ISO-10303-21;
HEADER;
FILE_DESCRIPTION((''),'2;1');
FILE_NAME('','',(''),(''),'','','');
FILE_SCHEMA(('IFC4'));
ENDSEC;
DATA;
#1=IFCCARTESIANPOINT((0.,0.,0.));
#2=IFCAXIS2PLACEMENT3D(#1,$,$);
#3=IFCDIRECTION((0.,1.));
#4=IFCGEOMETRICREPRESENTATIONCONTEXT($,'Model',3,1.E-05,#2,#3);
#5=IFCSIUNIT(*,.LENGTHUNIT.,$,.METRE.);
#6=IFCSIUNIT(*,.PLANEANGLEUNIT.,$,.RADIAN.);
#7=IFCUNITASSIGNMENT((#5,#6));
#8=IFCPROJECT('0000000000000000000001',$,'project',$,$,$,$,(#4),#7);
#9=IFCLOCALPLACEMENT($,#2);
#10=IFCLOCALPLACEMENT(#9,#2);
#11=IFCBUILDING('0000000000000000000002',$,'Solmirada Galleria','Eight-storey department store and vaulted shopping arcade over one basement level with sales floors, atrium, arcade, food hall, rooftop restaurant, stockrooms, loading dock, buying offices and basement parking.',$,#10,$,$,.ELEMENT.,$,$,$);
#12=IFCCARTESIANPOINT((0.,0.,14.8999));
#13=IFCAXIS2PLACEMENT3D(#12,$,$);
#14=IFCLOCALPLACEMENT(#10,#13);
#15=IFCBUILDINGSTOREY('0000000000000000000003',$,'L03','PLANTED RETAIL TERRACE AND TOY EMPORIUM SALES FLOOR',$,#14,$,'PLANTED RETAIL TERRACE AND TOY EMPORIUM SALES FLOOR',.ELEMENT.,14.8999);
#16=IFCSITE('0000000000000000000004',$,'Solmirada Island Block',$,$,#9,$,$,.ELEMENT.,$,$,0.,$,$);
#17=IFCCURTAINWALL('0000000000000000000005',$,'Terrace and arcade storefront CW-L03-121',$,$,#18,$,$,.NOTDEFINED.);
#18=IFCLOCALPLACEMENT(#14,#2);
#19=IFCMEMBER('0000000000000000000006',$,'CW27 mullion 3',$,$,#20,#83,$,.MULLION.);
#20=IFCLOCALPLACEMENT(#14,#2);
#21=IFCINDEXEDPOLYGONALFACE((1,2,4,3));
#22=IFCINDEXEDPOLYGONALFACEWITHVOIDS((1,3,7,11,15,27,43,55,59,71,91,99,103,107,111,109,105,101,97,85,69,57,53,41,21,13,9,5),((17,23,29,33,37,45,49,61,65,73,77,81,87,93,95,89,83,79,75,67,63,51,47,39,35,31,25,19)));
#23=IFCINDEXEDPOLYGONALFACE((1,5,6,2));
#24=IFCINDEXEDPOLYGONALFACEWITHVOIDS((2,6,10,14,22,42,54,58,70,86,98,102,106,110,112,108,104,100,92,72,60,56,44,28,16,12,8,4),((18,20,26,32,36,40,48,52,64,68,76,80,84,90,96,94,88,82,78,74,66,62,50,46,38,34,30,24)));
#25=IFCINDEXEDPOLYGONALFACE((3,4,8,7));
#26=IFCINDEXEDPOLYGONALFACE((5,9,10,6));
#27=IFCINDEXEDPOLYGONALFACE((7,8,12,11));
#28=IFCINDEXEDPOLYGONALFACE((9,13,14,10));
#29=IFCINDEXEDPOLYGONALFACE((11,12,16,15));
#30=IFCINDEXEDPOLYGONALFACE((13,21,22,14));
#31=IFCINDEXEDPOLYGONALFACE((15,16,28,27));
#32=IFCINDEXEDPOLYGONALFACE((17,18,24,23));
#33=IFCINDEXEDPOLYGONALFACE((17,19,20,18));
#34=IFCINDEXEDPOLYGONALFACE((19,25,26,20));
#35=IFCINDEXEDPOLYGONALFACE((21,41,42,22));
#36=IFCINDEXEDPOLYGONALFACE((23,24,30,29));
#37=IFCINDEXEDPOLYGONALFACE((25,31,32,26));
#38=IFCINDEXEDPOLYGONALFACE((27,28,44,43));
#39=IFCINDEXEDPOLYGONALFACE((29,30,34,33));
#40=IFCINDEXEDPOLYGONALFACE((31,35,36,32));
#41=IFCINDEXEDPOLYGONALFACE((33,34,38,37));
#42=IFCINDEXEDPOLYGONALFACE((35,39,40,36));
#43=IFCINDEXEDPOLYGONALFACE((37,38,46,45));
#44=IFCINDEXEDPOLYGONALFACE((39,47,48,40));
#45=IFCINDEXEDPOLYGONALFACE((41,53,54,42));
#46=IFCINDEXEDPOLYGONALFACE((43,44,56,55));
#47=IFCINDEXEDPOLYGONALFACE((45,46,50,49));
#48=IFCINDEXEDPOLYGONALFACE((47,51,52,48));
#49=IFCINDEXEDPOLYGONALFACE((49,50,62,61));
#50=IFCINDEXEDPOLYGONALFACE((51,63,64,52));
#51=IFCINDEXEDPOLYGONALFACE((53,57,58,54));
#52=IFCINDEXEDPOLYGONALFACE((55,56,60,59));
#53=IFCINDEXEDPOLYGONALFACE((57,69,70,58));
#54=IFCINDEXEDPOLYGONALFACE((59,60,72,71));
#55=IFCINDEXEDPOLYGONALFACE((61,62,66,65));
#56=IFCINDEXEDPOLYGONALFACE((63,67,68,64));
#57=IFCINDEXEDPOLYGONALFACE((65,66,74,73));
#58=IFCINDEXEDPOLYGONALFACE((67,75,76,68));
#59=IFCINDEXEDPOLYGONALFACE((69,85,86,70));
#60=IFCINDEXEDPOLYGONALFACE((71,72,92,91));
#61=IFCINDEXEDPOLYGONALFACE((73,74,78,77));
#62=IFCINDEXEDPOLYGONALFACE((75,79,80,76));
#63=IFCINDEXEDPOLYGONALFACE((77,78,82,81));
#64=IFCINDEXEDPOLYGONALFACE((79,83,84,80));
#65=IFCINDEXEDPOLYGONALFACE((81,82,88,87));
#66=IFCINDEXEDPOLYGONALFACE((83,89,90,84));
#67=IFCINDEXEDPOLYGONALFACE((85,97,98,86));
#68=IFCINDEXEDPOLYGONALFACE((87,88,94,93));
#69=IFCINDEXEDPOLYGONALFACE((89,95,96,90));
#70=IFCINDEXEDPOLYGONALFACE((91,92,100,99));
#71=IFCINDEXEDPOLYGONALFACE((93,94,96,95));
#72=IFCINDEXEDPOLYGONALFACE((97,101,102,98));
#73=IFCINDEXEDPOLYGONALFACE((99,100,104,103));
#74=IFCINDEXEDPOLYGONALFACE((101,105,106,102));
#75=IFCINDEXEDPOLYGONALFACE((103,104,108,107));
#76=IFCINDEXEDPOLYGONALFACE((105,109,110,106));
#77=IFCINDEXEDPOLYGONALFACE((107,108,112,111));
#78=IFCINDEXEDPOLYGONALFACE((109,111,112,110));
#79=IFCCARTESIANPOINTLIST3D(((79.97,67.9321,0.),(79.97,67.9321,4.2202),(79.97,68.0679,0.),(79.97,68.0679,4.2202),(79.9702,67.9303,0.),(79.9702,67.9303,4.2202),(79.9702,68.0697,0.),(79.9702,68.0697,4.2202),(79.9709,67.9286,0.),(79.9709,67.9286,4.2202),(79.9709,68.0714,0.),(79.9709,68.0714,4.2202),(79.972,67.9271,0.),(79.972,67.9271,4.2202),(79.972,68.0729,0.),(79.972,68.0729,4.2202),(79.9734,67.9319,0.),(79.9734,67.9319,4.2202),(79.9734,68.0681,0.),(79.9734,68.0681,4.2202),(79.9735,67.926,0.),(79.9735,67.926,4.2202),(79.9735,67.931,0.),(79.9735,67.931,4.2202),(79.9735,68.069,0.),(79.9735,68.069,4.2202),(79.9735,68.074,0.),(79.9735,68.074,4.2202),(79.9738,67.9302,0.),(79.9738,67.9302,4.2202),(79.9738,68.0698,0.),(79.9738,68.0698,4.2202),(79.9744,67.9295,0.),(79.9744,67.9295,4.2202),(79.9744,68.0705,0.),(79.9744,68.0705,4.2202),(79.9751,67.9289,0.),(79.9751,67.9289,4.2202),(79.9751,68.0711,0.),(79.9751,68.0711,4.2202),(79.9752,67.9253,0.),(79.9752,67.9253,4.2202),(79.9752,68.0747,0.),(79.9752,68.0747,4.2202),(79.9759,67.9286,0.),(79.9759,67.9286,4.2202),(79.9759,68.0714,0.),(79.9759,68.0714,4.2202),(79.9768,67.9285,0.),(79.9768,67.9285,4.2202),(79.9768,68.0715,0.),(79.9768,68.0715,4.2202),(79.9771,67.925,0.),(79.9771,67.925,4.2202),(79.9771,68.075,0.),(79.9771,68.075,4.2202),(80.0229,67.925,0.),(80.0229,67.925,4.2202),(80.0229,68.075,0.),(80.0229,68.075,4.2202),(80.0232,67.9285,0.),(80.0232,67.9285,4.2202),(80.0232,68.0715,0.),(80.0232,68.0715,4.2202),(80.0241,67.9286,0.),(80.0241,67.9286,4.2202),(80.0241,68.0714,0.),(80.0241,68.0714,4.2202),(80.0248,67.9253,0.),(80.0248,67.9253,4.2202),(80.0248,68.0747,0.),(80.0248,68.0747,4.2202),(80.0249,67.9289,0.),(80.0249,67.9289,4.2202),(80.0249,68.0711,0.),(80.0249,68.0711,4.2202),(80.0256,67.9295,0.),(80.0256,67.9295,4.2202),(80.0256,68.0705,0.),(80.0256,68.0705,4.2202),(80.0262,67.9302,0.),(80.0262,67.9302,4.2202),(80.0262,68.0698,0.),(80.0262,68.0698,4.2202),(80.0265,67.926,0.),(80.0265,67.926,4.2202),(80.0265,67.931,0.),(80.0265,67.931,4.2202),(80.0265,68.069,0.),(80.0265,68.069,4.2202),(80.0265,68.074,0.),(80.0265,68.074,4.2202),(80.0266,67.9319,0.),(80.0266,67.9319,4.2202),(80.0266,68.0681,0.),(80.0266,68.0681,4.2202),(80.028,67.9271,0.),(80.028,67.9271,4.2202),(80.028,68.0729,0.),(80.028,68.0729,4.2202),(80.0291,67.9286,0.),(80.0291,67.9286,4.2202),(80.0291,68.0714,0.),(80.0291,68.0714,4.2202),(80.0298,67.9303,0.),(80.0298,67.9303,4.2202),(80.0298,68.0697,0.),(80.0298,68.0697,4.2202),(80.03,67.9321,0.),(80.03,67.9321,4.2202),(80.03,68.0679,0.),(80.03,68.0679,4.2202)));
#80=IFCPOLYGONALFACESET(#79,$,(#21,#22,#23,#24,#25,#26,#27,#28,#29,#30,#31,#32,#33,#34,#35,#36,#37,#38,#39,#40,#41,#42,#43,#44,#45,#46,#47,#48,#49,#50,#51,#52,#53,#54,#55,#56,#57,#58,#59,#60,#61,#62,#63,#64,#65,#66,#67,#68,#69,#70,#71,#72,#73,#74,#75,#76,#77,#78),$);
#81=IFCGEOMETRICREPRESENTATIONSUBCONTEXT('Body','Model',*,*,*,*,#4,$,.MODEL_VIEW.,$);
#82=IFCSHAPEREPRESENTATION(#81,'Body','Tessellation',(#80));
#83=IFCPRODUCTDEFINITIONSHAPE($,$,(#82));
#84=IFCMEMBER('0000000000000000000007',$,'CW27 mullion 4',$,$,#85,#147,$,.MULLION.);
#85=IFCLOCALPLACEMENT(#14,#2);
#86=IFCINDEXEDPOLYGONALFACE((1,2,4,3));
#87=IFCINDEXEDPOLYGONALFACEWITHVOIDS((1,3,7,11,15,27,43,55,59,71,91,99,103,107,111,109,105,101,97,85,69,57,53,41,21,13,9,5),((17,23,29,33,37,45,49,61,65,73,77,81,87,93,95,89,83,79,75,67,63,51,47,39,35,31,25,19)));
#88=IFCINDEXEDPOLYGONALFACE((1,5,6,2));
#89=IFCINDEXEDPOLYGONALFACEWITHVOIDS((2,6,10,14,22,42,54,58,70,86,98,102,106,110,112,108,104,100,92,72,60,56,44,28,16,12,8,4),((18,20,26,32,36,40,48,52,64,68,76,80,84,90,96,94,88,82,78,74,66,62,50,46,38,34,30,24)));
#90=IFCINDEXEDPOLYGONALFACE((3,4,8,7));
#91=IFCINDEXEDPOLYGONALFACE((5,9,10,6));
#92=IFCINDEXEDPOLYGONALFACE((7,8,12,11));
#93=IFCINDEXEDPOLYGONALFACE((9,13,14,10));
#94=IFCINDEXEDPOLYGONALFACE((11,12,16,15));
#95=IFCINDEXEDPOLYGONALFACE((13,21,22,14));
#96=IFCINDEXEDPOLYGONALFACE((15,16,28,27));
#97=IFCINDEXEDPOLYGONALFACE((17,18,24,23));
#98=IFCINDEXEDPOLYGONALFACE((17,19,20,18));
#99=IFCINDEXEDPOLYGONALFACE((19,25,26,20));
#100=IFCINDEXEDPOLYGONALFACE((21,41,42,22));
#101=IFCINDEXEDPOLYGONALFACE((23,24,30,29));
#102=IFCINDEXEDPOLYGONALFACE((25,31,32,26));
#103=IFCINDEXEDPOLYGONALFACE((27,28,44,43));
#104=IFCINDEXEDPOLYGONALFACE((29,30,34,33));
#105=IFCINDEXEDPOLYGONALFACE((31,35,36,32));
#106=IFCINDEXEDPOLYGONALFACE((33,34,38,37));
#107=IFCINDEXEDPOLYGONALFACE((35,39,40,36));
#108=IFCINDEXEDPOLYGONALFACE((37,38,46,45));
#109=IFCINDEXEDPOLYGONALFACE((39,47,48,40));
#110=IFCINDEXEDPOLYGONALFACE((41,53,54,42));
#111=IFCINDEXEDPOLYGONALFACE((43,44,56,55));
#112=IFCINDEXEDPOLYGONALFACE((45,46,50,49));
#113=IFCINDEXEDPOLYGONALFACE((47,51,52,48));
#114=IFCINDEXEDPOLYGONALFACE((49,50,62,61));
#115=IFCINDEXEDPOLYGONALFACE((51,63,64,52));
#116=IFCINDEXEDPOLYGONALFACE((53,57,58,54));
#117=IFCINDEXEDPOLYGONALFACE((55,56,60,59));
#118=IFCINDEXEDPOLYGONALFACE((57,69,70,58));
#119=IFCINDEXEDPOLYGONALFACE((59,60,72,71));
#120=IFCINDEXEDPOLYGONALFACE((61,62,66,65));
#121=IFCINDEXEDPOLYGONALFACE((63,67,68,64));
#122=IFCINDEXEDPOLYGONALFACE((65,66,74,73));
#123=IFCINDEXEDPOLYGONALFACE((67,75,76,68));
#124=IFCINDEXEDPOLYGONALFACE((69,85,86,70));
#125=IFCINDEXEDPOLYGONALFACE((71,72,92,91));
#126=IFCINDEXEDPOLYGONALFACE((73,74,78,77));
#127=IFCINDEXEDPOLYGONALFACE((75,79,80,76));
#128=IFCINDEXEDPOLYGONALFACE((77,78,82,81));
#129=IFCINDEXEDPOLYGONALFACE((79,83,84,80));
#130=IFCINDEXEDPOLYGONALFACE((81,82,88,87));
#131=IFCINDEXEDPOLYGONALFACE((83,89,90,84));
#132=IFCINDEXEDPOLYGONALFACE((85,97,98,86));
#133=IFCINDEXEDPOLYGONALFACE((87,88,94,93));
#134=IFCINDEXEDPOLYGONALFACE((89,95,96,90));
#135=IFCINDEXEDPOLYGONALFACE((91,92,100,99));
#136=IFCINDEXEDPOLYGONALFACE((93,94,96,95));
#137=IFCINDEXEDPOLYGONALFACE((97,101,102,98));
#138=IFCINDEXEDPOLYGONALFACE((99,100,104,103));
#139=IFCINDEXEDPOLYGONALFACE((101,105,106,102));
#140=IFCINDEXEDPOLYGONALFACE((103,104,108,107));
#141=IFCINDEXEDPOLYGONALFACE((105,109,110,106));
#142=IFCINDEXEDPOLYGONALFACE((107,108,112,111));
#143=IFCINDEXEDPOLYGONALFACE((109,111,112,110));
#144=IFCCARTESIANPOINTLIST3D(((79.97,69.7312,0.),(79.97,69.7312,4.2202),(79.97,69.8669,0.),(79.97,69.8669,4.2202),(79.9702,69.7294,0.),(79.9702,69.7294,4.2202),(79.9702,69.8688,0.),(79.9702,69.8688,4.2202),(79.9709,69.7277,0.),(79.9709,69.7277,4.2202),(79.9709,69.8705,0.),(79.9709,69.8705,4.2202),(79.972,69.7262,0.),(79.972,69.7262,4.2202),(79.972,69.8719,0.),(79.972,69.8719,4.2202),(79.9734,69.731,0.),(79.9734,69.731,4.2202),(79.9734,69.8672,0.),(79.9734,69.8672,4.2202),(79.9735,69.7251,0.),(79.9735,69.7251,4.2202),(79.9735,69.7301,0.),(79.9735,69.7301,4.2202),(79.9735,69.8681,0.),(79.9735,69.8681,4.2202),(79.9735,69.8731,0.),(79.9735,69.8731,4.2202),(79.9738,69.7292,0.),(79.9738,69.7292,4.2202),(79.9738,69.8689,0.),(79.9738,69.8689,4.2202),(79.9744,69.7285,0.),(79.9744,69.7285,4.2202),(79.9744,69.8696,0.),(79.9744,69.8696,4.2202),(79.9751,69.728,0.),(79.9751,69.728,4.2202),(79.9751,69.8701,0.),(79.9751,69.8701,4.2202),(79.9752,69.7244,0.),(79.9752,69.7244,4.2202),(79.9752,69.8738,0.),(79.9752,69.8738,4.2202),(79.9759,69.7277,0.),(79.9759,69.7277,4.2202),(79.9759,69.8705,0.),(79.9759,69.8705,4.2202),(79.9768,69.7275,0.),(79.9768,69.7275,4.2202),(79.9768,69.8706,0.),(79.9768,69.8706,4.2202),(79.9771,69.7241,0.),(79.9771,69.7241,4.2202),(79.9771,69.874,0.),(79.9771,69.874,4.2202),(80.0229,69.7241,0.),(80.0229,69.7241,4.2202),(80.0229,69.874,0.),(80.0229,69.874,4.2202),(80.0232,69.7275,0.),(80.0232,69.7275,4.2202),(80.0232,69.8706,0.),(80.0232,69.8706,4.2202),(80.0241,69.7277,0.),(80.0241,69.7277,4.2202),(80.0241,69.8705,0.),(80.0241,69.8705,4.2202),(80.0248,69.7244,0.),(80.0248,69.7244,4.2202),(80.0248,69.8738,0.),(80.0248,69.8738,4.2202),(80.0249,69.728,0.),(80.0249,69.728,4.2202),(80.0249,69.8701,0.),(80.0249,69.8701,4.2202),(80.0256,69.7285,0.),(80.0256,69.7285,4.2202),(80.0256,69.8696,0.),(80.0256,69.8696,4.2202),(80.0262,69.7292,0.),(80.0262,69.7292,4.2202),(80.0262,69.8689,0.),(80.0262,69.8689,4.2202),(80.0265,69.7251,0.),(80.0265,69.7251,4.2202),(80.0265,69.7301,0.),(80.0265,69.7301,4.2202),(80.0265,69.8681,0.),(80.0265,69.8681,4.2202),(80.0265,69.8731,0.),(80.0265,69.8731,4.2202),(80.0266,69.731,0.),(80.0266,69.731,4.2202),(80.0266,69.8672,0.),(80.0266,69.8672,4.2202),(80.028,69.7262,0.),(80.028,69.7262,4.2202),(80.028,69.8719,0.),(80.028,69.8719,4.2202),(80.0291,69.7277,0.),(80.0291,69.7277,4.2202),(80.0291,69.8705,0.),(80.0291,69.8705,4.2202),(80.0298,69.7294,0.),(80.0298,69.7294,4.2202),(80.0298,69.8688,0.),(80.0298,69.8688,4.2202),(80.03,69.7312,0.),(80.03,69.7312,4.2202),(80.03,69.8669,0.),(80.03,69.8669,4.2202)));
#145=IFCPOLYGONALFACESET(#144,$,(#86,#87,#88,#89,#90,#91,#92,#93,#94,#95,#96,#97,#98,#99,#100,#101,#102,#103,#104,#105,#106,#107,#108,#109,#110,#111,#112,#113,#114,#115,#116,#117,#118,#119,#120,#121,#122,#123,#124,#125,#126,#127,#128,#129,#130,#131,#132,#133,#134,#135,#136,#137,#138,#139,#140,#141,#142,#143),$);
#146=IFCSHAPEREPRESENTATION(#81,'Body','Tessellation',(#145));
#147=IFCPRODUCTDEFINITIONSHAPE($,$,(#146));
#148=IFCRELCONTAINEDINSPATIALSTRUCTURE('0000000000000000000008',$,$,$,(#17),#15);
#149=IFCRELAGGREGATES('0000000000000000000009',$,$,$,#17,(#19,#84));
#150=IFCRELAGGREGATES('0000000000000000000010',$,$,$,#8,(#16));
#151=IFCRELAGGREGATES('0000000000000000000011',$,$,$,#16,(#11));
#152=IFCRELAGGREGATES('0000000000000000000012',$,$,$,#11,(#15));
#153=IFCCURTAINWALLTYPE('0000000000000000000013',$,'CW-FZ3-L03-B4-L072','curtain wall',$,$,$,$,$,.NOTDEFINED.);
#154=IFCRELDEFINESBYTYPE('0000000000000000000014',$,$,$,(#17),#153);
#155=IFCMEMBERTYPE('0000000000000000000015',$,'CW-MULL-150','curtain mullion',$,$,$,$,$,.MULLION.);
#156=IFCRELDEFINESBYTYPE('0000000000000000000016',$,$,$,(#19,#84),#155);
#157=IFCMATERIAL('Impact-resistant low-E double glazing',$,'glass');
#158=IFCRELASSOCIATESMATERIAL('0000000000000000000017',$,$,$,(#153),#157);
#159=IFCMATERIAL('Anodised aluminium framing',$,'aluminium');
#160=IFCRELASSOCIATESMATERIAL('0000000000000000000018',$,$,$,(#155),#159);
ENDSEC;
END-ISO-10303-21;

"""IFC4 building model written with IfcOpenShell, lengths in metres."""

from ifc_helpers import new_model, si_unit, direction, frame, origin, origin_2d, place, context, subcontext, project, spatial, hollow_rectangle, extrude, material, material_profile, profile_set, type_object, element, aggregate, save


model = new_model("IFC4")

# Units and contexts
model_context = context("Model", 3, precision=1e-05, world=origin(), true_north=direction((0.0, 1.0)))
body_context = subcontext(model_context, "Body", "Model", "MODEL_VIEW")
ifc_project = project(units=[si_unit("LENGTHUNIT", "METRE"), si_unit("PLANEANGLEUNIT", "RADIAN")], contexts=[model_context])

# Site, building, storey
site_placement = place(None, origin())
site = spatial("IfcSite", under=ifc_project, at=site_placement, Name="Solmirada Island Block", CompositionType="ELEMENT", RefElevation=0.0)
building_placement = place(site_placement, origin())
building = spatial("IfcBuilding", under=site, at=building_placement, Name="Solmirada Galleria", Description="Eight-storey department store and vaulted shopping arcade over one basement level with sales floors, atrium, arcade, food hall, rooftop restaurant, stockrooms, loading dock, buying offices and basement parking.", CompositionType="ELEMENT")
storey_placement = place(building_placement, frame((0.0, 0.0, 14.8999)))
storey = spatial("IfcBuildingStorey", under=building, at=storey_placement, Name="L03", Description="PLANTED RETAIL TERRACE AND TOY EMPORIUM SALES FLOOR", LongName="PLANTED RETAIL TERRACE AND TOY EMPORIUM SALES FLOOR", CompositionType="ELEMENT", Elevation=14.8999)

# Curtain wall, members
ifc_material_1 = material(Name="Impact-resistant low-E double glazing", Category="glass")
curtain_wall_type = type_object("IfcCurtainWallType", Name="CW-FZ3-L03-B4-L072", Description="curtain wall", PredefinedType="NOTDEFINED", material=ifc_material_1)
curtain_wall_placement = place(storey_placement, origin())
curtain_wall = element("IfcCurtainWall", 1, at=curtain_wall_placement, inside=storey, type_object=curtain_wall_type, Name="Terrace and arcade storefront CW-L03-121", PredefinedType="NOTDEFINED")
ifc_material_2 = material(Name="Anodised aluminium framing", Category="aluminium")
ifc_material_profile_1 = material_profile(ifc_material_2, hollow_rectangle(XDim=0.0601, YDim=0.1499, WallThickness=0.0034, InnerFilletRadius=0.0034, OuterFilletRadius=0.0071, at=origin_2d()), Name="ALU-MULL-150X60")
ifc_profile_set_1 = profile_set([ifc_material_profile_1], Name="Anodised aluminium framing")
member_type_1 = type_object("IfcMemberType", Name="CW-MULL-150", Description="curtain mullion", PredefinedType="MULLION", material=ifc_profile_set_1)
member_1_placement = place(storey_placement, frame((80.0, 68.0, 0.0), z_axis=(0.0, 0.0, 1.0), x_axis=(-1.0, 0.0, 0.0)))
member_1 = element("IfcMember", 2, at=member_1_placement, type_object=member_type_1, Name="CW27 mullion 3", PredefinedType="MULLION", context=body_context, shape_type="SweptSolid", body=[
    extrude(hollow_rectangle(XDim=0.0601, YDim=0.1499, WallThickness=0.0034, InnerFilletRadius=0.0034, OuterFilletRadius=0.0071, at=origin_2d()), origin(), (0.0, 0.0, 1.0), 4.2202),
])
member_2_placement = place(storey_placement, frame((80.0, 69.7991, 0.0), z_axis=(0.0, 0.0, 1.0), x_axis=(-1.0, 0.0, 0.0)))
member_2 = element("IfcMember", 3, at=member_2_placement, type_object=member_type_1, Name="CW27 mullion 4", PredefinedType="MULLION", context=body_context, shape_type="SweptSolid", body=[
    extrude(hollow_rectangle(XDim=0.0601, YDim=0.1499, WallThickness=0.0034, InnerFilletRadius=0.0034, OuterFilletRadius=0.0071, at=origin_2d()), origin(), (0.0, 0.0, 1.0), 4.2202),
])
aggregate(curtain_wall, [member_1, member_2])

save(model, "model.ifc")
